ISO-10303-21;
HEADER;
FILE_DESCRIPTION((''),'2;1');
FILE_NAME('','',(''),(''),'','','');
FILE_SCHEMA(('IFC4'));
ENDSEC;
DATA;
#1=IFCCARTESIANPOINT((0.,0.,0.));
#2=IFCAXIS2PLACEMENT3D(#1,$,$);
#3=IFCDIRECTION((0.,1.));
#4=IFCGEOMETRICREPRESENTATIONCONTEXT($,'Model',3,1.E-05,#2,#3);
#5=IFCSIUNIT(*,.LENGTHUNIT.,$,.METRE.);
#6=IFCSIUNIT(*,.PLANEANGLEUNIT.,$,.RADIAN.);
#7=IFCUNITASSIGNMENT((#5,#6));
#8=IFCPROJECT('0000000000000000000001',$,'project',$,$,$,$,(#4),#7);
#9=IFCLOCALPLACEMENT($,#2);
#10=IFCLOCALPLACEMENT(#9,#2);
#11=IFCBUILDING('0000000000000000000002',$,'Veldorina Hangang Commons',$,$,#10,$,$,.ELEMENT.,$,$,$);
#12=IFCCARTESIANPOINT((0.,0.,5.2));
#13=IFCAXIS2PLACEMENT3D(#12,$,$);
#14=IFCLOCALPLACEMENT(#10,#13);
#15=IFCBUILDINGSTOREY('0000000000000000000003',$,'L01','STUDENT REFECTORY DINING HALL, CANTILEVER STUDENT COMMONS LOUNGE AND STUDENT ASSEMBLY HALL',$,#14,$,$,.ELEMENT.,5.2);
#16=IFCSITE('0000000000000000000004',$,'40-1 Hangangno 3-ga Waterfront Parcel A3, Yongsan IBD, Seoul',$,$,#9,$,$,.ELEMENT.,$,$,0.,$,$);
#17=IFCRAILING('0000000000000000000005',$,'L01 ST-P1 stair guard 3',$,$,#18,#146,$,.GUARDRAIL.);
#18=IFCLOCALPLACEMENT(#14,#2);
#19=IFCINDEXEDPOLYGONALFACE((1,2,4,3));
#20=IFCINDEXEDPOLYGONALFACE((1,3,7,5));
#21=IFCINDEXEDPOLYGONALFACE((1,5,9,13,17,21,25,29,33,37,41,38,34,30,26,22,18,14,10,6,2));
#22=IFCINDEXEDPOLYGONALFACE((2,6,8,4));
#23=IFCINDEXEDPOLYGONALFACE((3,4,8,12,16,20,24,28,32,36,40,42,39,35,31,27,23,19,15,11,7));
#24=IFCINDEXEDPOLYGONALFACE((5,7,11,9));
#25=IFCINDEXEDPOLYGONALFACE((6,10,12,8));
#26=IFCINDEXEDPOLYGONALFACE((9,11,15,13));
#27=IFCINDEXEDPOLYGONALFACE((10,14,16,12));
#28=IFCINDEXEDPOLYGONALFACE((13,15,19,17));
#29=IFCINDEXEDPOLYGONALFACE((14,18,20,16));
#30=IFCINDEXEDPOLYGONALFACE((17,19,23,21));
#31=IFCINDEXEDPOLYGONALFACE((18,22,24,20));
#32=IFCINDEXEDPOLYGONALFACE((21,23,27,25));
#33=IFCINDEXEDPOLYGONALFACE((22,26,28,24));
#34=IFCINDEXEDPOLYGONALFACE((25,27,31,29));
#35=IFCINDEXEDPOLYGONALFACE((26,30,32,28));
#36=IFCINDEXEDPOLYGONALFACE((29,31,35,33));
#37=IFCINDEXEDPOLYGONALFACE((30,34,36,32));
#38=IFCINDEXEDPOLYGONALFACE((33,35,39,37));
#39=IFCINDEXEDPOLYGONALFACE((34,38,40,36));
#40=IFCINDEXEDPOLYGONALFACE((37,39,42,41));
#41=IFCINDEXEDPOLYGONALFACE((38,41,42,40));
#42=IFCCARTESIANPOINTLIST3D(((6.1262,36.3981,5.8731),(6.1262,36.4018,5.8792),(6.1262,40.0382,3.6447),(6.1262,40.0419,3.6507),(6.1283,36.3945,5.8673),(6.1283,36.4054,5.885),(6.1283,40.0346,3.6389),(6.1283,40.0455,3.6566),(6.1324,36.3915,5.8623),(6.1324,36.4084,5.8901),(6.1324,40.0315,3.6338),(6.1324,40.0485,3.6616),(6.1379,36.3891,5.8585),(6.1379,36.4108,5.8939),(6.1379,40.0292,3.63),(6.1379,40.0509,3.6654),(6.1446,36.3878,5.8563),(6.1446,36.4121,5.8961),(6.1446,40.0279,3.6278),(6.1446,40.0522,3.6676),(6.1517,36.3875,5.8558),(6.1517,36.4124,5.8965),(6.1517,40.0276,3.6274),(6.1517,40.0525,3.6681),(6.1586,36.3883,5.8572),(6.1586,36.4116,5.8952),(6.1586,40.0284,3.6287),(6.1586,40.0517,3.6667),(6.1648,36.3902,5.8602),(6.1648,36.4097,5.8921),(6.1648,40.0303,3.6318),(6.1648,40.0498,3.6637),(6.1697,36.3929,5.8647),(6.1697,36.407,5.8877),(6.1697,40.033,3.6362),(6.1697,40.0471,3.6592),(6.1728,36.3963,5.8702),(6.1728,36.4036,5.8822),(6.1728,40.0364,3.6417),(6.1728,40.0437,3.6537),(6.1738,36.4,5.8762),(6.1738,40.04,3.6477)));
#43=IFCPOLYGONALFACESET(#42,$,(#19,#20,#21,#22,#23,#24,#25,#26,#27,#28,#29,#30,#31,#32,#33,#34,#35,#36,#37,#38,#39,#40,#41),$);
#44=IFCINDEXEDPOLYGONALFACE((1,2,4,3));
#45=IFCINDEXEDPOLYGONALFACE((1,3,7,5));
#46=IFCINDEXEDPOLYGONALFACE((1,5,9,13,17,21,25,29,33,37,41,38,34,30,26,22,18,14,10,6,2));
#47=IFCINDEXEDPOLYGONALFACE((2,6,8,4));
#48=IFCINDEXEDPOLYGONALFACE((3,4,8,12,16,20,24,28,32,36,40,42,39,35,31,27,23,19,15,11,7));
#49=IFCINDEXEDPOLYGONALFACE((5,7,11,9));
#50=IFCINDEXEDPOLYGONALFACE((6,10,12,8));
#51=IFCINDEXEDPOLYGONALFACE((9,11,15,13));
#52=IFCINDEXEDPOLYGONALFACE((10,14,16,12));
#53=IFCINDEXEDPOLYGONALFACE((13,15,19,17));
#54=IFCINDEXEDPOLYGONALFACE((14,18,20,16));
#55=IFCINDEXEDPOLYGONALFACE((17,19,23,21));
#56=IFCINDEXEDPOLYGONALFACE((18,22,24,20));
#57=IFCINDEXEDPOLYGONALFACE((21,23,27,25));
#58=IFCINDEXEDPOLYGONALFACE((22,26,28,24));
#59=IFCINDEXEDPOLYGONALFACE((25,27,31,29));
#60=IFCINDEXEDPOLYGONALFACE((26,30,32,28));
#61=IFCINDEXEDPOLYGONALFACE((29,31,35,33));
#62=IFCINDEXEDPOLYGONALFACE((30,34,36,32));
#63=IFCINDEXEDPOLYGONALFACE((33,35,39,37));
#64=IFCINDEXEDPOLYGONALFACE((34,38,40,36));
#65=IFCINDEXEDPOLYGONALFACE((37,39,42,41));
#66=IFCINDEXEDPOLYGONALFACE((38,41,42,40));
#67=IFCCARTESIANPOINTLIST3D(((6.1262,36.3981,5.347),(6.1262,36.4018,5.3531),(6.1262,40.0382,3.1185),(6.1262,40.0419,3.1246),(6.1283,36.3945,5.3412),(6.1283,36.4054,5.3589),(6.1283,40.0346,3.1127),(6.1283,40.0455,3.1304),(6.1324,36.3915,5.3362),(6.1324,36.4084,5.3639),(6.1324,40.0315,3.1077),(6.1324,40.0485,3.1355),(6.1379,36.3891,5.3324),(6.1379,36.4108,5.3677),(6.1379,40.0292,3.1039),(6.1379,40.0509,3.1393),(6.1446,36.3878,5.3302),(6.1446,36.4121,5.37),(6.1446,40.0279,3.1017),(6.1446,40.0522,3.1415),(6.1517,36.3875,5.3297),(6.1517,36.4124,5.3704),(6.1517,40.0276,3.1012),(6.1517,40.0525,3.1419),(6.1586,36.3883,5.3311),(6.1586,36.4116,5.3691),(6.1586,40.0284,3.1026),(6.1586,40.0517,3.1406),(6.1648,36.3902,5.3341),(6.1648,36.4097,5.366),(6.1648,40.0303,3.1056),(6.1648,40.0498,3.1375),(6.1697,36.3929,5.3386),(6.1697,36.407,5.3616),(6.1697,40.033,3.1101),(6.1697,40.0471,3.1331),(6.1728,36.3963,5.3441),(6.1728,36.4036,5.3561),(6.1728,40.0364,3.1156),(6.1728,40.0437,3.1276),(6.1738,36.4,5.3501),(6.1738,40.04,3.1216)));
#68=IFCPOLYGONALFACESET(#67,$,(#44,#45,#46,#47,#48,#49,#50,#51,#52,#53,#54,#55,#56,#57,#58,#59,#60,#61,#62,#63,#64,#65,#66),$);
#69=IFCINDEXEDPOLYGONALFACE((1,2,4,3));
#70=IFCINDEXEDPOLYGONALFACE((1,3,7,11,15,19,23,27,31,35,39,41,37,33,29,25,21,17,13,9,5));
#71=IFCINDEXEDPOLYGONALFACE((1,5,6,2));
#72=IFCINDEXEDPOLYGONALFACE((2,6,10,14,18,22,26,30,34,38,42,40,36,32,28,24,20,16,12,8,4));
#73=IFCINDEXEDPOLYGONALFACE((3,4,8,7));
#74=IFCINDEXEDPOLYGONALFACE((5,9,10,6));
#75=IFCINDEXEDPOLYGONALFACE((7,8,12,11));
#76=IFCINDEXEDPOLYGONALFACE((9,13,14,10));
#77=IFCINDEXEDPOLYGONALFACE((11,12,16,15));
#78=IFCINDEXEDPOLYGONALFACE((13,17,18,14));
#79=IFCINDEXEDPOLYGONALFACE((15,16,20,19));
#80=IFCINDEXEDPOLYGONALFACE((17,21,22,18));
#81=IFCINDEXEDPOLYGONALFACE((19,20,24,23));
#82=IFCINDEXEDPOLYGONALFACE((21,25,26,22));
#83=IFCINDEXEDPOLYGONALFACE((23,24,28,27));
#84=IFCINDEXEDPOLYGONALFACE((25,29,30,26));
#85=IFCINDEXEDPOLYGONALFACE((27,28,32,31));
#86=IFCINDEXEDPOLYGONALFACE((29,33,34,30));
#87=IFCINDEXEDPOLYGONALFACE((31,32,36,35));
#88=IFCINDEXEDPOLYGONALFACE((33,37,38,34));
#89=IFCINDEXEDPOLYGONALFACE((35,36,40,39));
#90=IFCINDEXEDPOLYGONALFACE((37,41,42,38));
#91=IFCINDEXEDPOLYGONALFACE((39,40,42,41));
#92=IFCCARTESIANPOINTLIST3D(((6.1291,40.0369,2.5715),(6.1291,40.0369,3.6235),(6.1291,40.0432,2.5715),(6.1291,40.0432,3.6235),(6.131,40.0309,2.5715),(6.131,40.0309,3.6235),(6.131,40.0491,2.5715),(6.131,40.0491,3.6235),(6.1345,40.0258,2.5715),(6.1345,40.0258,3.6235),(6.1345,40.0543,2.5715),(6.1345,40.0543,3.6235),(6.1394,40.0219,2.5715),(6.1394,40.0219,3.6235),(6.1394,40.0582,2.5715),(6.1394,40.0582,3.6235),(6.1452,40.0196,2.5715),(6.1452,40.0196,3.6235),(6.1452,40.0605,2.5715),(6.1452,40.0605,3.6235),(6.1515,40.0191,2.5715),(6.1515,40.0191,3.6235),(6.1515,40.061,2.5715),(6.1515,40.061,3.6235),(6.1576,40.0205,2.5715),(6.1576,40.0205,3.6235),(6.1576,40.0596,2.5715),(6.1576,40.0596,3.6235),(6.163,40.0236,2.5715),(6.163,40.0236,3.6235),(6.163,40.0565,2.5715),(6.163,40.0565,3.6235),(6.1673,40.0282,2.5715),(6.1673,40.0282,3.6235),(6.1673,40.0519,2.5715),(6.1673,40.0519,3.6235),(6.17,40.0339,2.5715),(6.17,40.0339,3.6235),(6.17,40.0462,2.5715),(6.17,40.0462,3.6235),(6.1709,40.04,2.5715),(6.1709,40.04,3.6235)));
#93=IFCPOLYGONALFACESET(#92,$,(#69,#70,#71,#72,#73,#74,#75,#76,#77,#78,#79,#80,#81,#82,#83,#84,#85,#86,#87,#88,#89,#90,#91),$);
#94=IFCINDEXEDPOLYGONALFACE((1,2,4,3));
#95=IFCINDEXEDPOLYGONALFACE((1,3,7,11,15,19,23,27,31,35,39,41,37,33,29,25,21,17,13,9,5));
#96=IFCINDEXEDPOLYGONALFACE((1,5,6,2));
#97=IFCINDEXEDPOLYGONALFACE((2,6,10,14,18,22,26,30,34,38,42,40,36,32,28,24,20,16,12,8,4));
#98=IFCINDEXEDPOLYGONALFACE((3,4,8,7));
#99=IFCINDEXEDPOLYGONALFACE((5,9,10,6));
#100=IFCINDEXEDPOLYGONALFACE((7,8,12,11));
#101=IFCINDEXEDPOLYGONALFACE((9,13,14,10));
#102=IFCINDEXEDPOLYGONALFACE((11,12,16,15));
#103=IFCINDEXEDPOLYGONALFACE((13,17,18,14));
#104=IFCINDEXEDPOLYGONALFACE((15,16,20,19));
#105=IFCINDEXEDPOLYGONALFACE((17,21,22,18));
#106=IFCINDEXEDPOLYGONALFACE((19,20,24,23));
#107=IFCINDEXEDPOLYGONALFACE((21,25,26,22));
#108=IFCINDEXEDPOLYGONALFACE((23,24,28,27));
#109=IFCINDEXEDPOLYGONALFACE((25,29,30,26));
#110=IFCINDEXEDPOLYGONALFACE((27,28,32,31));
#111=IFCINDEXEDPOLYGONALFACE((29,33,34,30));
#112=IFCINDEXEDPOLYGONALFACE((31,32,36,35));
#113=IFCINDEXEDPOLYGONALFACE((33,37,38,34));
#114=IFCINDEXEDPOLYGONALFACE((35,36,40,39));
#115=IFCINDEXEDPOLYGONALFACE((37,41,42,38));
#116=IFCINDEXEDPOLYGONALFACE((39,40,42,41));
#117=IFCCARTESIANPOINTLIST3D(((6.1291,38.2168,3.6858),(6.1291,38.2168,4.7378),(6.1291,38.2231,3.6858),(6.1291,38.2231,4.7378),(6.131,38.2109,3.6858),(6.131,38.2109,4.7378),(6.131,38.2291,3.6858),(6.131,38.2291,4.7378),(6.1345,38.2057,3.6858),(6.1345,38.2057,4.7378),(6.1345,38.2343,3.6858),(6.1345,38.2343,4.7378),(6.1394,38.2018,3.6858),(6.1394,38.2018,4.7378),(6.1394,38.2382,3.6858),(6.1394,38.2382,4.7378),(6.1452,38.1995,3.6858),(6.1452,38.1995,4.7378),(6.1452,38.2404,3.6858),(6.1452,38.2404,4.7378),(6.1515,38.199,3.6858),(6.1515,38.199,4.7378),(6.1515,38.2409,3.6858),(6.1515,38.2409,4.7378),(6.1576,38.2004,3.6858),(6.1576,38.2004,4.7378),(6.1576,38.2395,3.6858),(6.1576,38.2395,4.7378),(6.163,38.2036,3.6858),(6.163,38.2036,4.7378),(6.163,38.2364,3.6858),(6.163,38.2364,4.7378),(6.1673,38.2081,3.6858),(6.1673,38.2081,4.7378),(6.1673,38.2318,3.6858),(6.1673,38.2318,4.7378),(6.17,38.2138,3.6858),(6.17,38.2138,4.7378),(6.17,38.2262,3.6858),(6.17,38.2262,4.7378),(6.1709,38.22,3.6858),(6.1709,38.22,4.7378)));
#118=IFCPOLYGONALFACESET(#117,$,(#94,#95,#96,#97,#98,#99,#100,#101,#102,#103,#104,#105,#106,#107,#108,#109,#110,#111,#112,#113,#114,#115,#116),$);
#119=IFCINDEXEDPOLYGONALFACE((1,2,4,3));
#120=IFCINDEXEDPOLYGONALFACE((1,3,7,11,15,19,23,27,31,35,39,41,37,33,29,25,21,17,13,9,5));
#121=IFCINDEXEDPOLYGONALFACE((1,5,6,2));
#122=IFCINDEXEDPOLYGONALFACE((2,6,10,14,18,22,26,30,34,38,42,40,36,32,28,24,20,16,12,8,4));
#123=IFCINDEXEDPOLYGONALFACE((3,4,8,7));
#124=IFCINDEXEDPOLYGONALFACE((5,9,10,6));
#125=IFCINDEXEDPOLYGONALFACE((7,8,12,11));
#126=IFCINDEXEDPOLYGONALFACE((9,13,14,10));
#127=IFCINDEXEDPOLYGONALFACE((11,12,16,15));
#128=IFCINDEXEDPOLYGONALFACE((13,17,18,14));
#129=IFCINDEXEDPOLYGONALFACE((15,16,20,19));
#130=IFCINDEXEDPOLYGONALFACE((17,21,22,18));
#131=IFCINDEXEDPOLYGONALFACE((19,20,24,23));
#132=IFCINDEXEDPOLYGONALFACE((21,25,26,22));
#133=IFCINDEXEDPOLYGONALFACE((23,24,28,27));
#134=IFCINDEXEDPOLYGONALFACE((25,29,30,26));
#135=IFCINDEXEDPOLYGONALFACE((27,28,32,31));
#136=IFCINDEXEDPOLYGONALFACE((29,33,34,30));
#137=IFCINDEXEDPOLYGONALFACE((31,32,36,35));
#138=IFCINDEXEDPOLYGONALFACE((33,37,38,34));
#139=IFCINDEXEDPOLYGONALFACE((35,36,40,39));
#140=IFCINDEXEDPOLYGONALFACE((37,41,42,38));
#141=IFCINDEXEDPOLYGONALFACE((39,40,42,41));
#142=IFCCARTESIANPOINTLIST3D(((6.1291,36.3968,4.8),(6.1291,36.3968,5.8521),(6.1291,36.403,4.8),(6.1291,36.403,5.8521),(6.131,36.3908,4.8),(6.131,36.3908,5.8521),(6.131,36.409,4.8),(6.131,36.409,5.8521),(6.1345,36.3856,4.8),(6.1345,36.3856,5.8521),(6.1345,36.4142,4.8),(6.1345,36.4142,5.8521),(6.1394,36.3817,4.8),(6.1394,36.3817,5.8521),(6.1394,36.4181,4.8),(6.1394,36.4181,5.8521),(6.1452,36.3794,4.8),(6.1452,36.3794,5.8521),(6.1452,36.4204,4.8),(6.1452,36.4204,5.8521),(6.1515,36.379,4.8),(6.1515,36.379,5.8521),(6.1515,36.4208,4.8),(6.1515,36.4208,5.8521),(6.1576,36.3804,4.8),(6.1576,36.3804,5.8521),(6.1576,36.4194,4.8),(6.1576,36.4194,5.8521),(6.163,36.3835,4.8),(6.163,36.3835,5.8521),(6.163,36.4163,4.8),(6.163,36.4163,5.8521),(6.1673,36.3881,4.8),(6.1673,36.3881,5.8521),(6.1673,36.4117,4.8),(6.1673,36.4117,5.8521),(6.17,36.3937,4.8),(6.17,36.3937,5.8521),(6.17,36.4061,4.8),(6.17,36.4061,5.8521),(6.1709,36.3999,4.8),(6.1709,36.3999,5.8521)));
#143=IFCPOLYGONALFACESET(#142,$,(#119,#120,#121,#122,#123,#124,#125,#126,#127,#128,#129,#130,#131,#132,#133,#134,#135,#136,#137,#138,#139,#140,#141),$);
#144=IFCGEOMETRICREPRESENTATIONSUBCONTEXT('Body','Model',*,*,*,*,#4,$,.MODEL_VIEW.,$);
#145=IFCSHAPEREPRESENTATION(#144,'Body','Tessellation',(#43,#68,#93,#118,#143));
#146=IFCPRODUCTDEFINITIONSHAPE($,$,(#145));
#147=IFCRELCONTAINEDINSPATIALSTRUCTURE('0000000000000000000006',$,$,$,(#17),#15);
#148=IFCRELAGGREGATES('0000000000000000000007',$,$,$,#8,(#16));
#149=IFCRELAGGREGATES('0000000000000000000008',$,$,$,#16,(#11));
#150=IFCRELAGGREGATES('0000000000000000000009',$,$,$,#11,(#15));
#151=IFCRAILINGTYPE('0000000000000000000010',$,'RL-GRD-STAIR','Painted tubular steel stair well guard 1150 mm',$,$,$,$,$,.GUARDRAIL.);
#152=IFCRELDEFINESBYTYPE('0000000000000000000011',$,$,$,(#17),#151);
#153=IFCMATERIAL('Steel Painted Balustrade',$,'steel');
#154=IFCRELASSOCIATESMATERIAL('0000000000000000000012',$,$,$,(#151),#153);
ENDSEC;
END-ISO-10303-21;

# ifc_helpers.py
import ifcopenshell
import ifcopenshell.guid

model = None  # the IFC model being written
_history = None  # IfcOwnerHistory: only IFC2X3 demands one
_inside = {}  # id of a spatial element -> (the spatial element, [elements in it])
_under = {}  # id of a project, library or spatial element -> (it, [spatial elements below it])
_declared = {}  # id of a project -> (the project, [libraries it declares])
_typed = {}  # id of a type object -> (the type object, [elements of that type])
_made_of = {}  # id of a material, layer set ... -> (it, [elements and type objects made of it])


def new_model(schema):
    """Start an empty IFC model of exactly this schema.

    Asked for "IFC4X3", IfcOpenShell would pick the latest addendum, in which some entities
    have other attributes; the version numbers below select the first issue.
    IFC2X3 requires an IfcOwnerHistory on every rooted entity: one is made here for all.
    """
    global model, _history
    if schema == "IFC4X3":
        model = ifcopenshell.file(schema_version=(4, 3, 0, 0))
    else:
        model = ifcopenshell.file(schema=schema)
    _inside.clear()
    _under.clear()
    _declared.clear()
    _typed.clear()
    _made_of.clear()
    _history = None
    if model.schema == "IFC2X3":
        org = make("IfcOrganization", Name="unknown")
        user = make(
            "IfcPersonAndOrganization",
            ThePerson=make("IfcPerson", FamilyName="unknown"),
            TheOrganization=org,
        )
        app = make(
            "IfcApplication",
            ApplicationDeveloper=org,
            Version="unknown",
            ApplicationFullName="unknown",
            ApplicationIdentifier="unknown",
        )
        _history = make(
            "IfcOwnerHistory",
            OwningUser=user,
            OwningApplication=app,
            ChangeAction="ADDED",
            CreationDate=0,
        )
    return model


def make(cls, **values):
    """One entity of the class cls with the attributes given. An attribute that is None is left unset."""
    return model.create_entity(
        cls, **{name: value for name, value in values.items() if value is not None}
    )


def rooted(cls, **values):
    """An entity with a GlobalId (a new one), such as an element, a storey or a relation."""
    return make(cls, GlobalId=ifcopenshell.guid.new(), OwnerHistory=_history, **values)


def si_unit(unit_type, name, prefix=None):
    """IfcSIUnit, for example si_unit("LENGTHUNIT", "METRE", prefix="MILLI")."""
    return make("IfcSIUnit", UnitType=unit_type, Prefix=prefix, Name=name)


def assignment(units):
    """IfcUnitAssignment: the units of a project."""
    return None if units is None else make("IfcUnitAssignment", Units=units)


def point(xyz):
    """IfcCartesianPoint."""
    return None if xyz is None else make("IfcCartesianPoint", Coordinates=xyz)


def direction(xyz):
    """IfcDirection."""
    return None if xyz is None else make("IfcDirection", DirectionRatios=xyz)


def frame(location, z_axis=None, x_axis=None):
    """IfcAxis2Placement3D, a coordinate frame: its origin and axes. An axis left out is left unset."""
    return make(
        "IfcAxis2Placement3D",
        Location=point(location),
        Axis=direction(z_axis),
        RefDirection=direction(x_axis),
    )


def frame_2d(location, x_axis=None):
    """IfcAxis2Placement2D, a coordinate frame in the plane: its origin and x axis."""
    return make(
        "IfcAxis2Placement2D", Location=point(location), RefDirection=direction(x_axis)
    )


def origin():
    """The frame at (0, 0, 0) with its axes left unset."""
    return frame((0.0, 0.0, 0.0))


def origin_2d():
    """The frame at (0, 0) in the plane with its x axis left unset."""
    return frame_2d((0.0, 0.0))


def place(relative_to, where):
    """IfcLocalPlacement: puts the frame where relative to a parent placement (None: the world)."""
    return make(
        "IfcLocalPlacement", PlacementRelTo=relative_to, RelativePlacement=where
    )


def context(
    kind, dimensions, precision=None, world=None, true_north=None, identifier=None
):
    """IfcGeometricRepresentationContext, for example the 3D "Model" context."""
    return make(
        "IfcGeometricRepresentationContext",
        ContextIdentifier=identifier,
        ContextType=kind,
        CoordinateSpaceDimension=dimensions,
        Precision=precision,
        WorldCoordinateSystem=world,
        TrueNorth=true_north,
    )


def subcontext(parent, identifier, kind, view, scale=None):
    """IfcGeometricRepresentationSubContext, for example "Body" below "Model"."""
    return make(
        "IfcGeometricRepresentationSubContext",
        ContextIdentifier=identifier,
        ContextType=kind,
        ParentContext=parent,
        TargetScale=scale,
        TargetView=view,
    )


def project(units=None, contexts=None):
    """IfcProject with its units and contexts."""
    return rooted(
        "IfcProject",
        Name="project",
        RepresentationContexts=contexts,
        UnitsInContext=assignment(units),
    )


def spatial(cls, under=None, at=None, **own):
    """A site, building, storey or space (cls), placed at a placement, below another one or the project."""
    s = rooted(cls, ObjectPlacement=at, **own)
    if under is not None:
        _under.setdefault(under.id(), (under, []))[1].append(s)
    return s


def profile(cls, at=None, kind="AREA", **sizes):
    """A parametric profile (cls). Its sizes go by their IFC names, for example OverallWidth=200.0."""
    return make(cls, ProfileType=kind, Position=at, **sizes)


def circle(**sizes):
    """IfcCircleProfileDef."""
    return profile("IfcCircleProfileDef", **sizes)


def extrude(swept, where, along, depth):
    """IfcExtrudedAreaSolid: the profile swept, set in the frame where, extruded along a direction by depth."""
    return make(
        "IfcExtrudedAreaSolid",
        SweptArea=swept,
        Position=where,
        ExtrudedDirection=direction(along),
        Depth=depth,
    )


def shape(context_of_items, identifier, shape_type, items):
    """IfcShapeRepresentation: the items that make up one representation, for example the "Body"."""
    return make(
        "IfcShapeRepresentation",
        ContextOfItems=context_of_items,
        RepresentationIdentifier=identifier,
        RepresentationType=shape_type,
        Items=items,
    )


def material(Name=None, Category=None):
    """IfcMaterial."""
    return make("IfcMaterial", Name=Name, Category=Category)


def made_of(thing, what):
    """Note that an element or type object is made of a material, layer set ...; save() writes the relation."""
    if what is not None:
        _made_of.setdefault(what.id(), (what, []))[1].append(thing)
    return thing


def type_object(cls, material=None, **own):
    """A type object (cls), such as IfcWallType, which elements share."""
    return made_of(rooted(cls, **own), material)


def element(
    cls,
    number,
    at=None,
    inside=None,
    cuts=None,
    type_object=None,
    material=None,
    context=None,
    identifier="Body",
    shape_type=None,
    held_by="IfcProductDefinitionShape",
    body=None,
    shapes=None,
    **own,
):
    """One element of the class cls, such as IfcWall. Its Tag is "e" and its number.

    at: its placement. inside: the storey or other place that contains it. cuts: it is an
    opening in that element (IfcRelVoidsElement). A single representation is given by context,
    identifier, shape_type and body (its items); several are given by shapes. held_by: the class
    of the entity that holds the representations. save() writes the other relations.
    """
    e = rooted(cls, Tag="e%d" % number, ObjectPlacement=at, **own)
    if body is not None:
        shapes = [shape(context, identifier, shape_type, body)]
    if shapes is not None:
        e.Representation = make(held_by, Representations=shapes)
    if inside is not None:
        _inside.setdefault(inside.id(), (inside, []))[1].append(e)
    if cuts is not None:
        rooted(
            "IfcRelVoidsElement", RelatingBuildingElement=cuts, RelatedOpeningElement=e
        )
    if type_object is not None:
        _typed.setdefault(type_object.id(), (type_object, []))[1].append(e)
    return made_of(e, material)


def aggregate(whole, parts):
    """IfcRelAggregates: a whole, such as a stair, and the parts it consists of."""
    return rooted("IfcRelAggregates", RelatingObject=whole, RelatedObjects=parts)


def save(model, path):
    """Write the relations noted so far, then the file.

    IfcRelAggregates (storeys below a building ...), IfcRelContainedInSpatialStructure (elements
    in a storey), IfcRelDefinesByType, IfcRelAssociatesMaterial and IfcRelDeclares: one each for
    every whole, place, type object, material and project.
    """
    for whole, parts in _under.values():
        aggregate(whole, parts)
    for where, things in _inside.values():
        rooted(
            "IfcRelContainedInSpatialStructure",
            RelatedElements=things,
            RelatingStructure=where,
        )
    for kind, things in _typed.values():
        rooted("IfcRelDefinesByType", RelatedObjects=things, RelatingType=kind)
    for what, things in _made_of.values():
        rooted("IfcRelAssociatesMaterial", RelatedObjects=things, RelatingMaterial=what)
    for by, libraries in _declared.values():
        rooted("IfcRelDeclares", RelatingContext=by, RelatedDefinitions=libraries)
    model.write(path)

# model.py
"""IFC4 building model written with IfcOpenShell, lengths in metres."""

from ifc_helpers import new_model, si_unit, direction, frame, origin, origin_2d, place, context, subcontext, project, spatial, circle, extrude, material, type_object, element, save


model = new_model("IFC4")

# Units and contexts
model_context = context("Model", 3, precision=1e-05, world=origin(), true_north=direction((0.0, 1.0)))
body_context = subcontext(model_context, "Body", "Model", "MODEL_VIEW")
ifc_project = project(units=[si_unit("LENGTHUNIT", "METRE"), si_unit("PLANEANGLEUNIT", "RADIAN")], contexts=[model_context])

# Site, building, storey
site_placement = place(None, origin())
site = spatial("IfcSite", under=ifc_project, at=site_placement, Name="40-1 Hangangno 3-ga Waterfront Parcel A3, Yongsan IBD, Seoul", CompositionType="ELEMENT", RefElevation=0.0)
building_placement = place(site_placement, origin())
building = spatial("IfcBuilding", under=site, at=building_placement, Name="Veldorina Hangang Commons", CompositionType="ELEMENT")
storey_placement = place(building_placement, frame((0.0, 0.0, 5.2)))
storey = spatial("IfcBuildingStorey", under=building, at=storey_placement, Name="L01", Description="STUDENT REFECTORY DINING HALL, CANTILEVER STUDENT COMMONS LOUNGE AND STUDENT ASSEMBLY HALL", CompositionType="ELEMENT", Elevation=5.2)

# Railing
ifc_material_1 = material(Name="Steel Painted Balustrade", Category="steel")
railing_type_1 = type_object("IfcRailingType", Name="RL-GRD-STAIR", Description="Painted tubular steel stair well guard 1150 mm", PredefinedType="GUARDRAIL", material=ifc_material_1)
railing_1_placement = place(storey_placement, frame((6.1499, 40.04, 2.5715)))
element("IfcRailing", 1, at=railing_1_placement, inside=storey, type_object=railing_type_1, Name="L01 ST-P1 stair guard 3", PredefinedType="GUARDRAIL", context=body_context, shape_type="SweptSolid", body=[
    extrude(circle(Radius=0.0239, at=origin_2d()), frame((0.0, 0.0, 1.0762), z_axis=(0.0, -0.852866, 0.52213), x_axis=(1.0, 0.0, 0.0)), (0.0, 0.0, 1.0), 4.2681),
    extrude(circle(Radius=0.0239, at=origin_2d()), frame((0.0, 0.0, 0.55), z_axis=(0.0, -0.852866, 0.52213), x_axis=(1.0, 0.0, 0.0)), (0.0, 0.0, 1.0), 4.2681),
    extrude(circle(Radius=0.021, at=origin_2d()), origin(), (0.0, 0.0, 1.0), 1.052),
    extrude(circle(Radius=0.021, at=origin_2d()), frame((0.0, -1.8201, 1.1143)), (0.0, 0.0, 1.0), 1.052),
    extrude(circle(Radius=0.021, at=origin_2d()), frame((0.0, -3.6401, 2.2285)), (0.0, 0.0, 1.0), 1.052),
])

save(model, "model.ifc")
